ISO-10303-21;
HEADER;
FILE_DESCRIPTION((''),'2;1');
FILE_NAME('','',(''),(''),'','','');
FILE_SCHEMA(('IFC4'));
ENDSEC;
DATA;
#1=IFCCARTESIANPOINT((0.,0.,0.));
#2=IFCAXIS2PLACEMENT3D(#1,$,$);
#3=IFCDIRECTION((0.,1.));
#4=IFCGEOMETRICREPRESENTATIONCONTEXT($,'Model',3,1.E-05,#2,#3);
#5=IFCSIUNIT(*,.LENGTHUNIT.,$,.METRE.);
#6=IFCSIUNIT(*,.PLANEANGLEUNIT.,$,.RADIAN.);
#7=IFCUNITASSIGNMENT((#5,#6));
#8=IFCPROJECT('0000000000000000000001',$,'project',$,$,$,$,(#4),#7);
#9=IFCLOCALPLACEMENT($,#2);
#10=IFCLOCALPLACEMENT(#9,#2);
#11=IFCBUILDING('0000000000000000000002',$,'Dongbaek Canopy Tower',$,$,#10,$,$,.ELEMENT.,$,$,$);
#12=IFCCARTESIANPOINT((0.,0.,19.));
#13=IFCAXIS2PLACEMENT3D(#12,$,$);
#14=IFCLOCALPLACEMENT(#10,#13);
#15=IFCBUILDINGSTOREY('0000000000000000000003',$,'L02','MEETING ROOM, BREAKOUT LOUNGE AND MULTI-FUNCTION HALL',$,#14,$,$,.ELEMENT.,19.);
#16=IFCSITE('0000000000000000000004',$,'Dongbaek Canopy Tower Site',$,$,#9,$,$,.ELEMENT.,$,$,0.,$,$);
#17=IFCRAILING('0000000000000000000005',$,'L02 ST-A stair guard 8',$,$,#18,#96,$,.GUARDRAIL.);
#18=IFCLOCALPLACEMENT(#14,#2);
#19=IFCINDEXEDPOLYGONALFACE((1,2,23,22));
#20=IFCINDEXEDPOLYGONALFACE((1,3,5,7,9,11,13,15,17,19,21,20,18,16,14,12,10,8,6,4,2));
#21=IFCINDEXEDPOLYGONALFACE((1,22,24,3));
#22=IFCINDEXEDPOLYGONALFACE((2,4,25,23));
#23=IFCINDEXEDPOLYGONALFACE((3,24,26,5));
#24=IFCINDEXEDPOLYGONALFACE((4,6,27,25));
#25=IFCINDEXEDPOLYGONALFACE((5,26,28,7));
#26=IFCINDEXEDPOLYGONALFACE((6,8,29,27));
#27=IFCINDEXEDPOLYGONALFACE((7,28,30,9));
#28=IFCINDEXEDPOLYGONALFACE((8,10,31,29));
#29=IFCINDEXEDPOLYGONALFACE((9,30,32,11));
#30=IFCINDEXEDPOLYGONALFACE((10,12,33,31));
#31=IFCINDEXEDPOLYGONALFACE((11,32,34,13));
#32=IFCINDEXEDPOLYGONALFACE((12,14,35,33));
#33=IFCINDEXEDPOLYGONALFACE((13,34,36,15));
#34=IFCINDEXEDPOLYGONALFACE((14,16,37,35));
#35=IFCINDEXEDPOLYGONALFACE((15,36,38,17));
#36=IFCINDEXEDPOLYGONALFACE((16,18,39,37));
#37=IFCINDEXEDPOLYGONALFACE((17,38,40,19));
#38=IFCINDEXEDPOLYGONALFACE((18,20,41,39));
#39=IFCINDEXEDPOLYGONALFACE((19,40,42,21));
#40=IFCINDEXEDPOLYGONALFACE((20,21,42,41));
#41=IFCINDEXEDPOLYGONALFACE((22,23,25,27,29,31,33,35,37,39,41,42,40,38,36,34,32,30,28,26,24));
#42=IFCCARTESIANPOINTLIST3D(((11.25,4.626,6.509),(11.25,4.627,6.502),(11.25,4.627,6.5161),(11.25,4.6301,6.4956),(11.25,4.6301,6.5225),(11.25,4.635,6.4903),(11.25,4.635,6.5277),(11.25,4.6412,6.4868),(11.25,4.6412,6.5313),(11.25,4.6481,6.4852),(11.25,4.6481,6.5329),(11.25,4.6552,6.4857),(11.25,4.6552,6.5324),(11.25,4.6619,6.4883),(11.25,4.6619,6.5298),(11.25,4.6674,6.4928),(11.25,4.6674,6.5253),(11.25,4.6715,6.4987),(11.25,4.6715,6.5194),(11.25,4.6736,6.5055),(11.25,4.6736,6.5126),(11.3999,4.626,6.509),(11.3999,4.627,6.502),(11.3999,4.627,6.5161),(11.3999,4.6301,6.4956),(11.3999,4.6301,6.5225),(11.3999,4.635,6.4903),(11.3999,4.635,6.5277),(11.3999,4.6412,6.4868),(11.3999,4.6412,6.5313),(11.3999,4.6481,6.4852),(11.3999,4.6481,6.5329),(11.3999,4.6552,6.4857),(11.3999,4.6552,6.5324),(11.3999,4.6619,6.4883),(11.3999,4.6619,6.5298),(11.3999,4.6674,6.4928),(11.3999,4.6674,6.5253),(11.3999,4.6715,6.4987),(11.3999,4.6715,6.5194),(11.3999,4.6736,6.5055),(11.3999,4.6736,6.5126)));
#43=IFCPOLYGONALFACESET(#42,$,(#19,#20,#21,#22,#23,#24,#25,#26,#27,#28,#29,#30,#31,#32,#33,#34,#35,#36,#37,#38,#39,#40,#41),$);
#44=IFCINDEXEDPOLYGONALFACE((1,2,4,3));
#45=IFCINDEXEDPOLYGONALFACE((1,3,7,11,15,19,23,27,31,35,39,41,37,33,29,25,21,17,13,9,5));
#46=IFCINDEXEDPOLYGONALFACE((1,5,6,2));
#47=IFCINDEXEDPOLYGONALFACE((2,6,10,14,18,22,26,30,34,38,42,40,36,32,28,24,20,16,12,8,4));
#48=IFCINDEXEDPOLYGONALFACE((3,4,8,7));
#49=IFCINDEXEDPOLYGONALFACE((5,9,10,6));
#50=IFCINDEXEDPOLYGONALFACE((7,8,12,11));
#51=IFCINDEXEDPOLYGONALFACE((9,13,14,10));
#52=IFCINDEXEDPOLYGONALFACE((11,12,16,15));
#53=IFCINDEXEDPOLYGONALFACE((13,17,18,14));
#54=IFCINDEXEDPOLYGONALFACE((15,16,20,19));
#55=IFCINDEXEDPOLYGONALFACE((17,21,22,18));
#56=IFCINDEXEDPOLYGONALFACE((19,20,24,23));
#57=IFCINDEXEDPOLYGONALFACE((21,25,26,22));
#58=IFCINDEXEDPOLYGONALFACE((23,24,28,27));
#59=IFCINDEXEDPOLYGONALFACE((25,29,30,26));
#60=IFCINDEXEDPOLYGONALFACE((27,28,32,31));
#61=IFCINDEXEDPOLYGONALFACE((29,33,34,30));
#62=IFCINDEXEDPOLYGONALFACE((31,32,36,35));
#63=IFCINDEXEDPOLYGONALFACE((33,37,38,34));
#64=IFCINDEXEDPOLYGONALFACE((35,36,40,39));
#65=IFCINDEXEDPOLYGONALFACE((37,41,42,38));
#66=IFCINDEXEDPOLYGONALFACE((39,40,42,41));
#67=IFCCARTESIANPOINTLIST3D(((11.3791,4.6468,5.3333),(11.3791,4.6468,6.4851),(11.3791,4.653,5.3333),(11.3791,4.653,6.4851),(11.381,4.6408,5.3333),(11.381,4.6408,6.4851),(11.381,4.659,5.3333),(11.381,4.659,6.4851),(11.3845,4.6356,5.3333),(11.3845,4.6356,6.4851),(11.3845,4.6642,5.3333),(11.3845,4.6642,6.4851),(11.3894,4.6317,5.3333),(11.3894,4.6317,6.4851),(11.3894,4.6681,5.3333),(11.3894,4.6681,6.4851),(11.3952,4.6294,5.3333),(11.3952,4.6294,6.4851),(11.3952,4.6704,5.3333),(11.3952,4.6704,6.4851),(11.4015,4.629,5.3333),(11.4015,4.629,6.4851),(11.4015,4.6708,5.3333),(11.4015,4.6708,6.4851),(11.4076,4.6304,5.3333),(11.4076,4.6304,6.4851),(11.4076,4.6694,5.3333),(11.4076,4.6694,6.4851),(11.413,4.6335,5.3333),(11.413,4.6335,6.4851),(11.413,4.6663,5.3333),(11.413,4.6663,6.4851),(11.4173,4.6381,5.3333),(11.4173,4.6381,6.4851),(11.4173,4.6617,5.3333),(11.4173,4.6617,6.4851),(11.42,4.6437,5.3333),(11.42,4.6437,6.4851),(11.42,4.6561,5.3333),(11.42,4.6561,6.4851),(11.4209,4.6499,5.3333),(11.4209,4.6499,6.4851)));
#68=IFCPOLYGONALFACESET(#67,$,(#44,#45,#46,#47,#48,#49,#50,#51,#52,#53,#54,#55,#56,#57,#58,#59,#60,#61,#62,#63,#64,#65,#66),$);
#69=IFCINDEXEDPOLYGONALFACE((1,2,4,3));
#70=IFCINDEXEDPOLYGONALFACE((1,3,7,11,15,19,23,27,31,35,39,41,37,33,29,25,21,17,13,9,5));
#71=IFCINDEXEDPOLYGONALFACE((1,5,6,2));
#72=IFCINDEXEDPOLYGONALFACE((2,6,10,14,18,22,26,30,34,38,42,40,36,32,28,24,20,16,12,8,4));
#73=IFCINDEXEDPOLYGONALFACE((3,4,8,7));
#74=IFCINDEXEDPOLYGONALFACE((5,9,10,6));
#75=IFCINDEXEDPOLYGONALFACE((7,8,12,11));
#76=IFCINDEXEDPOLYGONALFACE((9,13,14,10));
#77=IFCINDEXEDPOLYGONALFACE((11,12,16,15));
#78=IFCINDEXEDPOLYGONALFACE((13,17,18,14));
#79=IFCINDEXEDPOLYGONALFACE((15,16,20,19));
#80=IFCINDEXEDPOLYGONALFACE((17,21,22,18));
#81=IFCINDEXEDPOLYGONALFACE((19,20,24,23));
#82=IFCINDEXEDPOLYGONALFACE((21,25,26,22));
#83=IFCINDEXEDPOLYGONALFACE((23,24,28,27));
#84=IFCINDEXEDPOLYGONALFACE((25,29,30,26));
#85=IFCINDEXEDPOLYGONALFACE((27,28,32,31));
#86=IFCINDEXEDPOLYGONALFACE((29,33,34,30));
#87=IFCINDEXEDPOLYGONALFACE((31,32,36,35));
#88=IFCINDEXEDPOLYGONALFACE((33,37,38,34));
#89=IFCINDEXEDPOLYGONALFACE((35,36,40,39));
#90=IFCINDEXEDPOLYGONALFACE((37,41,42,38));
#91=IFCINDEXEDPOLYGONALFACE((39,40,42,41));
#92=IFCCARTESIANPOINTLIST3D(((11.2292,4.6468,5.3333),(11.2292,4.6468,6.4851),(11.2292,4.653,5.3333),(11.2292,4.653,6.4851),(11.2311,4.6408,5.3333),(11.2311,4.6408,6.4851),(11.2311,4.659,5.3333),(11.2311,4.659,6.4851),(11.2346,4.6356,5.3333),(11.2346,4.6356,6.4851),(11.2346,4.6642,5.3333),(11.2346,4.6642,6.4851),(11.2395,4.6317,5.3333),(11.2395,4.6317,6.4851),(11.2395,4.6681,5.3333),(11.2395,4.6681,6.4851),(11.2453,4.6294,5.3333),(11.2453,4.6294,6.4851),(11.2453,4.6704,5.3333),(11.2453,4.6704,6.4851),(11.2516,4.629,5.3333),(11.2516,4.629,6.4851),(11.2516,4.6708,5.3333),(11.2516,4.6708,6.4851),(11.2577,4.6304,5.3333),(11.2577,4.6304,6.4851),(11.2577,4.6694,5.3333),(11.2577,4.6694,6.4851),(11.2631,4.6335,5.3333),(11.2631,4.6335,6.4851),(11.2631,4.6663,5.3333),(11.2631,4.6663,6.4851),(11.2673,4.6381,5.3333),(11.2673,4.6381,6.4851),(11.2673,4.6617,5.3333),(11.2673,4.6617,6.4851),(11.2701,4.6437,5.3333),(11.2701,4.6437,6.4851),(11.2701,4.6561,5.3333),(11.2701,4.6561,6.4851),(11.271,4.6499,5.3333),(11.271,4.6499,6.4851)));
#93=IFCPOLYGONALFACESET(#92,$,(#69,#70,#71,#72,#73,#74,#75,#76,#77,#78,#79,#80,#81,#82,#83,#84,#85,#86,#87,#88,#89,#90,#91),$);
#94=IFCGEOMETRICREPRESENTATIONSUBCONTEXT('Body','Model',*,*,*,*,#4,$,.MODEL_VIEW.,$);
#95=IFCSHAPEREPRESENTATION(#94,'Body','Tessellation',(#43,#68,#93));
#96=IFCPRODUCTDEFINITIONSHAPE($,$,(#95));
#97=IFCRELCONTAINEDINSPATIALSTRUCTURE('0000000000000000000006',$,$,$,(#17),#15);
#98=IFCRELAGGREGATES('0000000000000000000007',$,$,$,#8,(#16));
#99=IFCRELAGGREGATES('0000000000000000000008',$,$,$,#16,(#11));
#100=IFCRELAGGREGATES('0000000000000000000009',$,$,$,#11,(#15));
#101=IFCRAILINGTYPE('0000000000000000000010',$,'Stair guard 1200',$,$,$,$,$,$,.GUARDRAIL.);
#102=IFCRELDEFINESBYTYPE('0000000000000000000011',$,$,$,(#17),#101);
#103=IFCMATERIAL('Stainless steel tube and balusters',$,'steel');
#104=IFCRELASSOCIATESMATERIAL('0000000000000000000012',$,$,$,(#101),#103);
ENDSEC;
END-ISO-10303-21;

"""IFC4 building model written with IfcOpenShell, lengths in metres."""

from ifc_helpers import new_model, si_unit, direction, frame, origin, origin_2d, place, context, subcontext, project, spatial, circle, extrude, material, type_object, element, save


model = new_model("IFC4")

# Units and contexts
model_context = context("Model", 3, precision=1e-05, world=origin(), true_north=direction((0.0, 1.0)))
body_context = subcontext(model_context, "Body", "Model", "MODEL_VIEW")
ifc_project = project(units=[si_unit("LENGTHUNIT", "METRE"), si_unit("PLANEANGLEUNIT", "RADIAN")], contexts=[model_context])

# Site, building, storey
site_placement = place(None, origin())
site = spatial("IfcSite", under=ifc_project, at=site_placement, Name="Dongbaek Canopy Tower Site", CompositionType="ELEMENT", RefElevation=0.0)
building_placement = place(site_placement, origin())
building = spatial("IfcBuilding", under=site, at=building_placement, Name="Dongbaek Canopy Tower", CompositionType="ELEMENT")
storey_placement = place(building_placement, frame((0.0, 0.0, 19.0)))
storey = spatial("IfcBuildingStorey", under=building, at=storey_placement, Name="L02", Description="MEETING ROOM, BREAKOUT LOUNGE AND MULTI-FUNCTION HALL", CompositionType="ELEMENT", Elevation=19.0)

# Railing
ifc_material_1 = material(Name="Stainless steel tube and balusters", Category="steel")
railing_type_1 = type_object("IfcRailingType", Name="Stair guard 1200", PredefinedType="GUARDRAIL", material=ifc_material_1)
railing_1_placement = place(storey_placement, frame((11.3999, 4.6499, 5.3333)))
element("IfcRailing", 1, at=railing_1_placement, inside=storey, type_object=railing_type_1, Name="L02 ST-A stair guard 8", PredefinedType="GUARDRAIL", context=body_context, shape_type="SweptSolid", body=[
    extrude(circle(Radius=0.0239, at=origin_2d()), frame((0.0, 0.0, 1.1758), z_axis=(-1.0, 0.0, 0.0), x_axis=(0.0, -1.0, 0.0)), (0.0, 0.0, 1.0), 0.1499),
    extrude(circle(Radius=0.021, at=origin_2d()), origin(), (0.0, 0.0, 1.0), 1.1519),
    extrude(circle(Radius=0.021, at=origin_2d()), frame((-0.1499, 0.0, 0.0)), (0.0, 0.0, 1.0), 1.1519),
])

save(model, "model.ifc")
